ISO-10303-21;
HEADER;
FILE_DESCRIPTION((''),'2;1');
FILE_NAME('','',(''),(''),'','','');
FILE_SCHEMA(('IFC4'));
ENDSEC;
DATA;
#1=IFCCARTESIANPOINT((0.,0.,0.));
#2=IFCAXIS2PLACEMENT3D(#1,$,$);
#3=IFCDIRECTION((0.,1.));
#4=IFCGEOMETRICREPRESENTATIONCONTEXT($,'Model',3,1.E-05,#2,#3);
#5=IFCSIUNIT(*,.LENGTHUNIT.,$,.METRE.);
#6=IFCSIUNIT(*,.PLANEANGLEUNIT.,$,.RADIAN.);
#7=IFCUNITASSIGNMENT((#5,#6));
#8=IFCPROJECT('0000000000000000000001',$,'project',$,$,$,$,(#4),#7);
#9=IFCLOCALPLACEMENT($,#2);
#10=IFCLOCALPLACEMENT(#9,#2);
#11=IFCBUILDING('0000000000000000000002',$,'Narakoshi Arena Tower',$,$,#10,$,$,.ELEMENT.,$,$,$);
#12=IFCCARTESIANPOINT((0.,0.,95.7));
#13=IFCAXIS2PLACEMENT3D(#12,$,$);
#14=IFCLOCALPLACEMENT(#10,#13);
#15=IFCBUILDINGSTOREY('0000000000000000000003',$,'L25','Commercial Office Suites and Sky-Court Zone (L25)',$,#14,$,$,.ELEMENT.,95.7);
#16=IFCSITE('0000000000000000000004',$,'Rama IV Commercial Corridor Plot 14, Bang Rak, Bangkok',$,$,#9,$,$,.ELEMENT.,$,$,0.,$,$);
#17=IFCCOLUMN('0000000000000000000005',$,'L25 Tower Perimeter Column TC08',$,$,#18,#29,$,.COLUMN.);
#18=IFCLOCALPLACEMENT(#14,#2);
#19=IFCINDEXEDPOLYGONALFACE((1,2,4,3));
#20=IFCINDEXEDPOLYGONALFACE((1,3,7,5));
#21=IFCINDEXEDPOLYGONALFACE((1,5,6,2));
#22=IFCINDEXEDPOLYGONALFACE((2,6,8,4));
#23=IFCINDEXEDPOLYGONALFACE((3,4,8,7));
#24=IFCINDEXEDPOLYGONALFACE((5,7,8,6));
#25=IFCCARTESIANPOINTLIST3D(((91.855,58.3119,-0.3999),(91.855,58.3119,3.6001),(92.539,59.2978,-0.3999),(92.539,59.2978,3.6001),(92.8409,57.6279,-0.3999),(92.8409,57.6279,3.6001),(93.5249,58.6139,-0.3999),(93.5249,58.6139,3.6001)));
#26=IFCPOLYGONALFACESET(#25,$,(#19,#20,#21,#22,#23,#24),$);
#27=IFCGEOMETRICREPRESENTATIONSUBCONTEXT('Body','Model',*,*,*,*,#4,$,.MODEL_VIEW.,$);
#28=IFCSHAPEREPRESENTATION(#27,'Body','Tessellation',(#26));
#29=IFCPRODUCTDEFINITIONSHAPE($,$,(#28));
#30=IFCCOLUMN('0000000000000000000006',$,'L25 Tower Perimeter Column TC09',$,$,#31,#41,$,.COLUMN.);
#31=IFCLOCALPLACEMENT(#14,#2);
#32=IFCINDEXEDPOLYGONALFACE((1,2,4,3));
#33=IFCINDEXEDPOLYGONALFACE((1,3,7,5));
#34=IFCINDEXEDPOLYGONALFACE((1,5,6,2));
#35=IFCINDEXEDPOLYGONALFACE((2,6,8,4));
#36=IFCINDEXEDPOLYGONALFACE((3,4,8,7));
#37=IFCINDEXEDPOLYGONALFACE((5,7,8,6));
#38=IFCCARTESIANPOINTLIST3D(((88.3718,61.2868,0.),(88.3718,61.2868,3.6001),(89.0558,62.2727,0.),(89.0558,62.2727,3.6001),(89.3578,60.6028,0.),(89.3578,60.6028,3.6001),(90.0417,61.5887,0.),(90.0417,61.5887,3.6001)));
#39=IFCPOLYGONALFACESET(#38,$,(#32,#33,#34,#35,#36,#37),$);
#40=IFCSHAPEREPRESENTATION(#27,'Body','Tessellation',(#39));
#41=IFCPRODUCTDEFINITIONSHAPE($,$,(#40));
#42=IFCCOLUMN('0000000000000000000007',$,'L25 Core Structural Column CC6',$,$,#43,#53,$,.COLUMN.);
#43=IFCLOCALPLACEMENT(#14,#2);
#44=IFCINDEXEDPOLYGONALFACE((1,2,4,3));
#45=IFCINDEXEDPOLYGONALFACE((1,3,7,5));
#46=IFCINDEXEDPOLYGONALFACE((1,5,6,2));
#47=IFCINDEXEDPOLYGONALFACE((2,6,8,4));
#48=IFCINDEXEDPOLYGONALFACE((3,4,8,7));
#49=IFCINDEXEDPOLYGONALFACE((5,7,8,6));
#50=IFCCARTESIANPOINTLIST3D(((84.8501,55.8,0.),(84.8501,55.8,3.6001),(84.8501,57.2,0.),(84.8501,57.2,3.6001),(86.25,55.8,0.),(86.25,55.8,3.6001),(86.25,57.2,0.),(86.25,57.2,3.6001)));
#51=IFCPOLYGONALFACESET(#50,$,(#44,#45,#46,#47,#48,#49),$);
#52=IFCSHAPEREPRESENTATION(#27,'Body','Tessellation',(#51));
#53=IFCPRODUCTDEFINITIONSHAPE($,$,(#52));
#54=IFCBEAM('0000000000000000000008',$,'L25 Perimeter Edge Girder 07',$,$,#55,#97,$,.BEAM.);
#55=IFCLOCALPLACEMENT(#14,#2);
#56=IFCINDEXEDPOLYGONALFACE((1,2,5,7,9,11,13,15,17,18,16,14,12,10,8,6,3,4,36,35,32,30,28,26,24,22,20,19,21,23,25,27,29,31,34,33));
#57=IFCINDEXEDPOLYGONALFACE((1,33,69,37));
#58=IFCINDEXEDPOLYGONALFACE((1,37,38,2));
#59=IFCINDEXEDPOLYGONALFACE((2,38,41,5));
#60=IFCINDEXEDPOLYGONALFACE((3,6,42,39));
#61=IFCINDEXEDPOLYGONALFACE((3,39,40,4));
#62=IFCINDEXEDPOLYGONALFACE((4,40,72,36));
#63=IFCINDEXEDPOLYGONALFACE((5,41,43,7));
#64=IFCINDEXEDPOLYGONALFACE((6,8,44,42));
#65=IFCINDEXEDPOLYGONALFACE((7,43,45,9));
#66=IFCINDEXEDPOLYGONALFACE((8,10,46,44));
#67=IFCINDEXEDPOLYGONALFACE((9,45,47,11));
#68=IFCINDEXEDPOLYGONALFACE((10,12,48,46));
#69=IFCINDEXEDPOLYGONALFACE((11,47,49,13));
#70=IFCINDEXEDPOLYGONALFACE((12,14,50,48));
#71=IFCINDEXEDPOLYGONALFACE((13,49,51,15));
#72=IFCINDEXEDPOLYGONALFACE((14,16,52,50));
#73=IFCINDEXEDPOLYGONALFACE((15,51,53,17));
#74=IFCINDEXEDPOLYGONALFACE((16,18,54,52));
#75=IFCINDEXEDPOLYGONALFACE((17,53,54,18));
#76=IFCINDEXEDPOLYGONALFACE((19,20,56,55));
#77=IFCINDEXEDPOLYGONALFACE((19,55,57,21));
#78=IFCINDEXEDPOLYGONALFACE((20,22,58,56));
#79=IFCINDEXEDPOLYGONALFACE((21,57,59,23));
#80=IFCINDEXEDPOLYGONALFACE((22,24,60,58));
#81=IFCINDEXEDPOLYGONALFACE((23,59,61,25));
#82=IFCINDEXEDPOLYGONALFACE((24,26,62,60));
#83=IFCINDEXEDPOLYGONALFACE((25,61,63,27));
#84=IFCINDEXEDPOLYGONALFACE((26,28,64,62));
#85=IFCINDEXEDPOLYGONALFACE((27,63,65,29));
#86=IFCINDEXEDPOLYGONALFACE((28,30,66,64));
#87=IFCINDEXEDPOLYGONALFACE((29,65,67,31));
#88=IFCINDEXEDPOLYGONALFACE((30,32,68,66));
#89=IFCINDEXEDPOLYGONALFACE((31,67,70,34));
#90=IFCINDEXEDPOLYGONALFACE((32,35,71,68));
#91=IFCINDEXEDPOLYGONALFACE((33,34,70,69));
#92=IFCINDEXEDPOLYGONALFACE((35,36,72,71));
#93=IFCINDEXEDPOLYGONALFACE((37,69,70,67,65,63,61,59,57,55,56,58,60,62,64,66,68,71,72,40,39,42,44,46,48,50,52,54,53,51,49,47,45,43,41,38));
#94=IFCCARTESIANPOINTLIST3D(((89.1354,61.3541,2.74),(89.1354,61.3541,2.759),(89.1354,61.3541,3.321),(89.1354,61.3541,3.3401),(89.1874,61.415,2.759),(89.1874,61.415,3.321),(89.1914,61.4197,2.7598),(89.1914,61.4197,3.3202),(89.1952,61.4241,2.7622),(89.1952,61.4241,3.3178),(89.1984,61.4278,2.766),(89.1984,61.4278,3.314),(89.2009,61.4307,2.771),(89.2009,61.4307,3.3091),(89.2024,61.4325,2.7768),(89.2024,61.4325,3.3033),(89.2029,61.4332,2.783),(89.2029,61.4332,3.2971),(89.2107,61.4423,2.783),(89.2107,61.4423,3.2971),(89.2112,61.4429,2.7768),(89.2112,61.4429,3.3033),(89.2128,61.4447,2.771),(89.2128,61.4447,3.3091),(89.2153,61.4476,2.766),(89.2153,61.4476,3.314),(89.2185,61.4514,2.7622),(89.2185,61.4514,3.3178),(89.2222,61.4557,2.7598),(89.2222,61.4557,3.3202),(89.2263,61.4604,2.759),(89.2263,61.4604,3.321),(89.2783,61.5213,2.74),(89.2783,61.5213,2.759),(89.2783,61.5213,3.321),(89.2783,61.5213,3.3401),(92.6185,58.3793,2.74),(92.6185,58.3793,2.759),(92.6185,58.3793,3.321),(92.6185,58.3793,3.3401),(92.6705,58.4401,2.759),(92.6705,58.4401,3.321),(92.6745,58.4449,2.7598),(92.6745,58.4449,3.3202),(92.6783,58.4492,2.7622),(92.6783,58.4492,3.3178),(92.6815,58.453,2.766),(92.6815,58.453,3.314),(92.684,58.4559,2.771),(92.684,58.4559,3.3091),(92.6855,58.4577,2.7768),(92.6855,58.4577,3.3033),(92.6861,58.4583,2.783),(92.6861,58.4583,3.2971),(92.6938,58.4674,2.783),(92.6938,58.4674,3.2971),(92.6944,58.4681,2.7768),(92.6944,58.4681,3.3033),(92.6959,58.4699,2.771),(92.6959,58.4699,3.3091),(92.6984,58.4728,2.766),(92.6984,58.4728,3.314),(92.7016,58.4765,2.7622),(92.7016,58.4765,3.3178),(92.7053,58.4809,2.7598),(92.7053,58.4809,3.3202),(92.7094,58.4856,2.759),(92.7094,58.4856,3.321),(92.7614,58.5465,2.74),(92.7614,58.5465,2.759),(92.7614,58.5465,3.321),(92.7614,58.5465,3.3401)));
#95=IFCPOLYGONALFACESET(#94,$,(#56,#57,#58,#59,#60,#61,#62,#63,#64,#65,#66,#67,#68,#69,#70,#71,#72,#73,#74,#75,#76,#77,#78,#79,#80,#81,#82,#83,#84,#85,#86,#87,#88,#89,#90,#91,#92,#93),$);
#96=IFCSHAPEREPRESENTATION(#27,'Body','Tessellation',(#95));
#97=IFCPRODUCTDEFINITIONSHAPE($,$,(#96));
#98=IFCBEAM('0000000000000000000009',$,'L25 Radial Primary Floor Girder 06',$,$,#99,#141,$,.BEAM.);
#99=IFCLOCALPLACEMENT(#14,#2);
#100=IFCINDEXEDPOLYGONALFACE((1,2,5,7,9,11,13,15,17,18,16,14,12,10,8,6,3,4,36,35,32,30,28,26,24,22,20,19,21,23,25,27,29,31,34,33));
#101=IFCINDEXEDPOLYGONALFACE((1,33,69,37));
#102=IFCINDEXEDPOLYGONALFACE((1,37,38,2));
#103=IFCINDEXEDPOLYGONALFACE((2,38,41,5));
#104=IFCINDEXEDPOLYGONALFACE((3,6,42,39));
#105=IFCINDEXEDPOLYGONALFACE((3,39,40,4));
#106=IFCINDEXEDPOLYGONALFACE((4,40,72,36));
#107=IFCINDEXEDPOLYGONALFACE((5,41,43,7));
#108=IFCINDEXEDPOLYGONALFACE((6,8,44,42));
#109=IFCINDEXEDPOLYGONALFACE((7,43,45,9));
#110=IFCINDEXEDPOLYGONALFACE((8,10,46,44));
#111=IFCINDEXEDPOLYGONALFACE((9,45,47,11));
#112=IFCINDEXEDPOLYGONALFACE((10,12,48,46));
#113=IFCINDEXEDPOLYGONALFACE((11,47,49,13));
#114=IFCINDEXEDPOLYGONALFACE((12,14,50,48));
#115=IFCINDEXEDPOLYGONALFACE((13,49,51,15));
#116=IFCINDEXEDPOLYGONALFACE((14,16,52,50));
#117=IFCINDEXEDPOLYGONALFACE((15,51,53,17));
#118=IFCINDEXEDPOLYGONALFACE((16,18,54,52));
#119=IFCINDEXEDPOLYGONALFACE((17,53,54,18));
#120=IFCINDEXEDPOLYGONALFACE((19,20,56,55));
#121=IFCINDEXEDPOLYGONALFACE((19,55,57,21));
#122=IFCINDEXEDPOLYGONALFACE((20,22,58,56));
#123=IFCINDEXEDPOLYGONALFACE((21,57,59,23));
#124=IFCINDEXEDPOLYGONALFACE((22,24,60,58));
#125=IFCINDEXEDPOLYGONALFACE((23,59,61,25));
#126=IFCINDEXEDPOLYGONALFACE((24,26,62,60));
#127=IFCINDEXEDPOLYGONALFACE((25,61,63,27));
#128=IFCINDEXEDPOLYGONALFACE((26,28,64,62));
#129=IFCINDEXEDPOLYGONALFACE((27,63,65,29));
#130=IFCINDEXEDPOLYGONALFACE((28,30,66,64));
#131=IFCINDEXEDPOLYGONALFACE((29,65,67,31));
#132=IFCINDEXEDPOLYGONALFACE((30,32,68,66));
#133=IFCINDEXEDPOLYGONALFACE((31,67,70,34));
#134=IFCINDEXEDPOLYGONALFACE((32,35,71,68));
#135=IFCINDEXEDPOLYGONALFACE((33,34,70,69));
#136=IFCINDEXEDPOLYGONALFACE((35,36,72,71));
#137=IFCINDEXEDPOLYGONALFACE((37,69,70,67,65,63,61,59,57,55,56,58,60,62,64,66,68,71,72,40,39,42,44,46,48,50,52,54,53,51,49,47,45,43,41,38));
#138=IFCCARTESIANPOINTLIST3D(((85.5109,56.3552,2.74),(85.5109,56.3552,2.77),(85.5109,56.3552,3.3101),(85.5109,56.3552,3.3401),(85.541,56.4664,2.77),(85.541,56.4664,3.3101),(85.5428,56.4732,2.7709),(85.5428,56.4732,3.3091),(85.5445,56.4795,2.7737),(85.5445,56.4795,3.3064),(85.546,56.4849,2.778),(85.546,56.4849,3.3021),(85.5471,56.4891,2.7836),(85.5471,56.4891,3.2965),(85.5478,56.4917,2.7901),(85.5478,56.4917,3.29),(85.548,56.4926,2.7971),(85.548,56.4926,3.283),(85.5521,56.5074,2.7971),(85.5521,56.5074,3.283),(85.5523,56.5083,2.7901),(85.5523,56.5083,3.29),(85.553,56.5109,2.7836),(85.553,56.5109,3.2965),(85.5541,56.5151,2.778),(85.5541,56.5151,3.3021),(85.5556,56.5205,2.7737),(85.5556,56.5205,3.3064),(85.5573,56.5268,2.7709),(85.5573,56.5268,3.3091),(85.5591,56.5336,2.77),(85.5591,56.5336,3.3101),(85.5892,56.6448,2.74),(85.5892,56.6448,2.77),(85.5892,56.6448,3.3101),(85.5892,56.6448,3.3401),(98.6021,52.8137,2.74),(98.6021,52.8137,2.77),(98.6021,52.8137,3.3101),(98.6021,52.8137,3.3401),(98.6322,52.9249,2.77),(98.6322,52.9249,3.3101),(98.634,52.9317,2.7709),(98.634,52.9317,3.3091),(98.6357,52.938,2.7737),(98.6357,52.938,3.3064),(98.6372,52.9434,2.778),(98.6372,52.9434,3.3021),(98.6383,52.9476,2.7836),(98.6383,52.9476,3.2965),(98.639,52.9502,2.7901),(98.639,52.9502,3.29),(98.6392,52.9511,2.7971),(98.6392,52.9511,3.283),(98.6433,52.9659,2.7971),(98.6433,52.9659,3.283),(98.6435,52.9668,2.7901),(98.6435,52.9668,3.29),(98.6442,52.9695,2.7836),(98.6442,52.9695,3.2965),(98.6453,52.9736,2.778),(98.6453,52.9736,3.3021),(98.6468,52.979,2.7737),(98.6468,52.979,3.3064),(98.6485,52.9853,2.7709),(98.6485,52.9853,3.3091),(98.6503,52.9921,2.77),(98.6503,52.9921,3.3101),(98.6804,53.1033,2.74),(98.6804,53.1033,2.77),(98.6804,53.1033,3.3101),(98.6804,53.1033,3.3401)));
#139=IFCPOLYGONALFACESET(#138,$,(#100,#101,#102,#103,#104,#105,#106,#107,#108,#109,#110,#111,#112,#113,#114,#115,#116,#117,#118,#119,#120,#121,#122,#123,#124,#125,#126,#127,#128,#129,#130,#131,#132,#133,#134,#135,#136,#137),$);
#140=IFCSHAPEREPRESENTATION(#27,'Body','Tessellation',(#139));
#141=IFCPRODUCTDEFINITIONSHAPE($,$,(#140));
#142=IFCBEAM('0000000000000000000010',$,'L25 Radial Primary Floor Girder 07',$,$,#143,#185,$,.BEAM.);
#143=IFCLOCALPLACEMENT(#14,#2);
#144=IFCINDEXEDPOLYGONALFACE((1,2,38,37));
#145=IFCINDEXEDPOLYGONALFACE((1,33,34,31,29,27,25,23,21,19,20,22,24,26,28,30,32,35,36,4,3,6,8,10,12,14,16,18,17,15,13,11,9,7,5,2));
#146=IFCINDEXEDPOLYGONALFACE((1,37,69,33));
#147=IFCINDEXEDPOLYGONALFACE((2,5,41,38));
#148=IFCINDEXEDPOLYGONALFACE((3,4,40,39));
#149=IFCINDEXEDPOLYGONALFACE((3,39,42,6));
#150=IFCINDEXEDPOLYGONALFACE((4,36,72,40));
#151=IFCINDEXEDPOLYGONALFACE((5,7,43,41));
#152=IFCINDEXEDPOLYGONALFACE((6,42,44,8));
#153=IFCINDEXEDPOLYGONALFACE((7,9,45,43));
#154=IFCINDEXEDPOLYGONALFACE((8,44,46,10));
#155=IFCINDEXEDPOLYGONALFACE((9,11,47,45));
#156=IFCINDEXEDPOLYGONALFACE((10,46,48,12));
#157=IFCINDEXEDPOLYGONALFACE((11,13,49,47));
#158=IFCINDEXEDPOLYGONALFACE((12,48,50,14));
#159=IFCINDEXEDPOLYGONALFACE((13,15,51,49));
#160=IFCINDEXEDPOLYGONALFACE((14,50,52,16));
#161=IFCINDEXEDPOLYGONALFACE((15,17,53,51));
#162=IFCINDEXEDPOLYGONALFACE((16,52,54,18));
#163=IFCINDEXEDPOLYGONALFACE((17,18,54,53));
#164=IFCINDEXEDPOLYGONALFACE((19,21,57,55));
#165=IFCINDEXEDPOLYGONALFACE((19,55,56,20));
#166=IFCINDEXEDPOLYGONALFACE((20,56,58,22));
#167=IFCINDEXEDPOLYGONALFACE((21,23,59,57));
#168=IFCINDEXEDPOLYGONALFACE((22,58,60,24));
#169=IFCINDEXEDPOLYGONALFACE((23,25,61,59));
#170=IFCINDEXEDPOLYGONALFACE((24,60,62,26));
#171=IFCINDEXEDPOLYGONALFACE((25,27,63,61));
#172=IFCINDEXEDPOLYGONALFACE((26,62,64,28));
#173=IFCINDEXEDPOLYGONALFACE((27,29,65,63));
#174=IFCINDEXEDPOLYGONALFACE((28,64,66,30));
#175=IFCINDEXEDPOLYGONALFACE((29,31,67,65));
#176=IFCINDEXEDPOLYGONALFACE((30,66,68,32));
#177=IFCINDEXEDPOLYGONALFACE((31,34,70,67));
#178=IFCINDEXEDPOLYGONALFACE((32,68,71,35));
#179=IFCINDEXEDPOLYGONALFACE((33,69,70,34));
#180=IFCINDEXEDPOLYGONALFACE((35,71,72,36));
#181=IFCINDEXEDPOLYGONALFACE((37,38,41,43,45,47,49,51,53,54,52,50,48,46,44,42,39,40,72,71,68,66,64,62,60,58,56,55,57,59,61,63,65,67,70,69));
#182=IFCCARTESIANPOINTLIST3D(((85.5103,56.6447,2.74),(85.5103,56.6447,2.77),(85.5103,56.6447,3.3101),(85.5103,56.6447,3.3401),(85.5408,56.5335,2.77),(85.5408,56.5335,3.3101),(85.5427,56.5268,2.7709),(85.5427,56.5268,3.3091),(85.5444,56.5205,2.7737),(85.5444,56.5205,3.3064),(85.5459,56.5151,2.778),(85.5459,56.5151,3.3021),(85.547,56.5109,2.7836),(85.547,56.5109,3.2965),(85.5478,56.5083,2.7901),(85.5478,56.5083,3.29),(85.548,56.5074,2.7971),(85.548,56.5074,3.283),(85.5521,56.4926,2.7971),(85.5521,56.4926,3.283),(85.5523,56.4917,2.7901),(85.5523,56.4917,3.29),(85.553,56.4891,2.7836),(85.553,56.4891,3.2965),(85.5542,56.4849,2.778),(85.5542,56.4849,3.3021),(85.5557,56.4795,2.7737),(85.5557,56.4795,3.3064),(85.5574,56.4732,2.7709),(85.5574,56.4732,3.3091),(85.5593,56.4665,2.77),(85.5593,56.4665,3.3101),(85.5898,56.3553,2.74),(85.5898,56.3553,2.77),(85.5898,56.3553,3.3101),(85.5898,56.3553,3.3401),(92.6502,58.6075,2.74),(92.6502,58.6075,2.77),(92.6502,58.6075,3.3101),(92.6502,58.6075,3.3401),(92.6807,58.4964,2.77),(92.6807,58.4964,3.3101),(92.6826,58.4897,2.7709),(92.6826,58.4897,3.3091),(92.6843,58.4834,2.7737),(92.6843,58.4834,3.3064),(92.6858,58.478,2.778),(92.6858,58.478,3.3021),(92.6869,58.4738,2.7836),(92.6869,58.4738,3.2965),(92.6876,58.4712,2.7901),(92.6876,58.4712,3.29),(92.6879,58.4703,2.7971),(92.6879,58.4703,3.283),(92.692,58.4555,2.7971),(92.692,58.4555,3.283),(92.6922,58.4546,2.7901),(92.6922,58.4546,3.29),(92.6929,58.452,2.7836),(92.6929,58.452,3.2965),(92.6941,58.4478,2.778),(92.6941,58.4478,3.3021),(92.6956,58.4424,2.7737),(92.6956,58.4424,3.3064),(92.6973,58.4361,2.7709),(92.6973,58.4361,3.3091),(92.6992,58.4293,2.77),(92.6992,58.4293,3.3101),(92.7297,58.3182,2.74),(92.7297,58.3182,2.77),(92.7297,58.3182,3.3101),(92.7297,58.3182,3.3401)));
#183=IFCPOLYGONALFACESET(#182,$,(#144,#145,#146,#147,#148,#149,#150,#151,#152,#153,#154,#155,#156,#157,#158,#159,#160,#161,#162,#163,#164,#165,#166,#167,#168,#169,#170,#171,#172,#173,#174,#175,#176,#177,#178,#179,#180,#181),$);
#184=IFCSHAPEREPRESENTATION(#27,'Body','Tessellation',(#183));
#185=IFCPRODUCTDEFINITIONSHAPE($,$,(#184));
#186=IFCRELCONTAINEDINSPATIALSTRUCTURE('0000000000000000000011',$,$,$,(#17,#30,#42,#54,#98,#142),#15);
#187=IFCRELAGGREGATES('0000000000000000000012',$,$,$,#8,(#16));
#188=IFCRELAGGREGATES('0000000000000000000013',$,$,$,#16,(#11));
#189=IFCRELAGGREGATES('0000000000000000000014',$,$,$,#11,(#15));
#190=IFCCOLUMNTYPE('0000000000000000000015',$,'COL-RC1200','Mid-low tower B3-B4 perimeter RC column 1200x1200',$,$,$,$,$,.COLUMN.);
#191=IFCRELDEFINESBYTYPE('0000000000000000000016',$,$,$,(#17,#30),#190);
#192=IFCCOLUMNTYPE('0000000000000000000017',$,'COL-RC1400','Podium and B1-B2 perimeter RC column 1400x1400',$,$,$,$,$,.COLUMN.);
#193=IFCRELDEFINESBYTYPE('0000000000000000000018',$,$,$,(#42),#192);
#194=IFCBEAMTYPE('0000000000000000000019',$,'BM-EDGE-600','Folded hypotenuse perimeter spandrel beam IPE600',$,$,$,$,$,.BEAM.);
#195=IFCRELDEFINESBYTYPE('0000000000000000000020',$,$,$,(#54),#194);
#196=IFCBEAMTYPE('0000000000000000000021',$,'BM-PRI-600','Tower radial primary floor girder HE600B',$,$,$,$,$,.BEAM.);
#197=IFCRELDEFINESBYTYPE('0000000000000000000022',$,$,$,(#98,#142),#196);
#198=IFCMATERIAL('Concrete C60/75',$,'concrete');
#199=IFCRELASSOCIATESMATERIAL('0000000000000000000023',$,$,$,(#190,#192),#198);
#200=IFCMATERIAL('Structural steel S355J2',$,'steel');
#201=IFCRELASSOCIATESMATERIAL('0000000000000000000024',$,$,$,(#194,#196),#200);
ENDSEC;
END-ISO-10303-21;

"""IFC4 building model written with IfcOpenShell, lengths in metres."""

from ifc_helpers import new_model, si_unit, direction, frame, origin, origin_2d, place, context, subcontext, project, spatial, rectangle, i_section, extrude, material, material_profile, profile_set, type_object, element, save


model = new_model("IFC4")

# Units and contexts
model_context = context("Model", 3, precision=1e-05, world=origin(), true_north=direction((0.0, 1.0)))
body_context = subcontext(model_context, "Body", "Model", "MODEL_VIEW")
ifc_project = project(units=[si_unit("LENGTHUNIT", "METRE"), si_unit("PLANEANGLEUNIT", "RADIAN")], contexts=[model_context])

# Site, building, storey
site_placement = place(None, origin())
site = spatial("IfcSite", under=ifc_project, at=site_placement, Name="Rama IV Commercial Corridor Plot 14, Bang Rak, Bangkok", CompositionType="ELEMENT", RefElevation=0.0)
building_placement = place(site_placement, origin())
building = spatial("IfcBuilding", under=site, at=building_placement, Name="Narakoshi Arena Tower", CompositionType="ELEMENT")
storey_placement = place(building_placement, frame((0.0, 0.0, 95.7)))
storey = spatial("IfcBuildingStorey", under=building, at=storey_placement, Name="L25", Description="Commercial Office Suites and Sky-Court Zone (L25)", CompositionType="ELEMENT", Elevation=95.7)

# Columns
ifc_material_1 = material(Name="Concrete C60/75", Category="concrete")
ifc_material_profile_1 = material_profile(ifc_material_1, rectangle(XDim=1.2, YDim=1.2, at=origin_2d()), Name="RC1200x1200")
ifc_profile_set_1 = profile_set([ifc_material_profile_1], Name="Concrete C60/75")
column_type_1 = type_object("IfcColumnType", Name="COL-RC1200", Description="Mid-low tower B3-B4 perimeter RC column 1200x1200", PredefinedType="COLUMN", material=ifc_profile_set_1)
column_1_placement = place(storey_placement, frame((92.6899, 58.4629, -0.3999), z_axis=(0.0, 0.0, 1.0), x_axis=(0.569997, 0.821647, 0.0)))
element("IfcColumn", 1, at=column_1_placement, inside=storey, type_object=column_type_1, Name="L25 Tower Perimeter Column TC08", PredefinedType="COLUMN", context=body_context, shape_type="SweptSolid", body=[
    extrude(rectangle(XDim=1.2, YDim=1.2, at=origin_2d()), origin(), (0.0, 0.0, 1.0), 4.0),
])
column_2_placement = place(storey_placement, frame((89.2068, 61.4377, 0.0), z_axis=(0.0, 0.0, 1.0), x_axis=(0.569997, 0.821647, 0.0)))
element("IfcColumn", 2, at=column_2_placement, inside=storey, type_object=column_type_1, Name="L25 Tower Perimeter Column TC09", PredefinedType="COLUMN", context=body_context, shape_type="SweptSolid", body=[
    extrude(rectangle(XDim=1.2, YDim=1.2, at=origin_2d()), origin(), (0.0, 0.0, 1.0), 3.6001),
])
ifc_material_profile_2 = material_profile(ifc_material_1, rectangle(XDim=1.3999, YDim=1.3999, at=origin_2d()), Name="RC1400x1400")
ifc_profile_set_2 = profile_set([ifc_material_profile_2], Name="Concrete C60/75")
column_type_2 = type_object("IfcColumnType", Name="COL-RC1400", Description="Podium and B1-B2 perimeter RC column 1400x1400", PredefinedType="COLUMN", material=ifc_profile_set_2)
column_3_placement = place(storey_placement, frame((85.55, 56.5, 0.0), z_axis=(0.0, 0.0, 1.0), x_axis=(1.0, 0.0, 0.0)))
element("IfcColumn", 3, at=column_3_placement, inside=storey, type_object=column_type_2, Name="L25 Core Structural Column CC6", PredefinedType="COLUMN", context=body_context, shape_type="SweptSolid", body=[
    extrude(rectangle(XDim=1.3999, YDim=1.3999, at=origin_2d()), origin(), (0.0, 0.0, 1.0), 3.6001),
])

# Beams
ifc_material_2 = material(Name="Structural steel S355J2", Category="steel")
ifc_material_profile_3 = material_profile(ifc_material_2, i_section(OverallWidth=0.22, OverallDepth=0.6001, WebThickness=0.012, FlangeThickness=0.019, FilletRadius=0.0239, at=origin_2d()), Name="IPE600")
ifc_profile_set_3 = profile_set([ifc_material_profile_3], Name="Structural steel S355J2")
beam_type_1 = type_object("IfcBeamType", Name="BM-EDGE-600", Description="Folded hypotenuse perimeter spandrel beam IPE600", PredefinedType="BEAM", material=ifc_profile_set_3)
beam_1_placement = place(storey_placement, frame((92.6899, 58.4629, 3.04), z_axis=(-0.76041, 0.649443, 0.0), x_axis=(-0.649443, -0.76041, 0.0)))
element("IfcBeam", 4, at=beam_1_placement, inside=storey, type_object=beam_type_1, Name="L25 Perimeter Edge Girder 07", PredefinedType="BEAM", context=body_context, shape_type="SweptSolid", body=[
    extrude(i_section(OverallWidth=0.22, OverallDepth=0.6001, WebThickness=0.012, FlangeThickness=0.019, FilletRadius=0.0239, at=origin_2d()), origin(), (0.0, 0.0, 1.0), 4.5806),
])
ifc_material_profile_4 = material_profile(ifc_material_2, i_section(OverallWidth=0.3, OverallDepth=0.6001, WebThickness=0.0154, FlangeThickness=0.03, FilletRadius=0.0271, at=origin_2d()), Name="HE600B")
ifc_profile_set_4 = profile_set([ifc_material_profile_4], Name="Structural steel S355J2")
beam_type_2 = type_object("IfcBeamType", Name="BM-PRI-600", Description="Tower radial primary floor girder HE600B", PredefinedType="BEAM", material=ifc_profile_set_4)
beam_2_placement = place(storey_placement, frame((85.55, 56.5, 3.04), z_axis=(0.965302, -0.261137, 0.0), x_axis=(0.261137, 0.965302, 0.0)))
element("IfcBeam", 5, at=beam_2_placement, inside=storey, type_object=beam_type_2, Name="L25 Radial Primary Floor Girder 06", PredefinedType="BEAM", context=body_context, shape_type="SweptSolid", body=[
    extrude(i_section(OverallWidth=0.3, OverallDepth=0.6001, WebThickness=0.0154, FlangeThickness=0.03, FilletRadius=0.0271, at=origin_2d()), origin(), (0.0, 0.0, 1.0), 13.5618),
])
beam_3_placement = place(storey_placement, frame((85.55, 56.5, 3.04), z_axis=(0.964225, 0.265084, 0.0), x_axis=(-0.265084, 0.964225, 0.0)))
element("IfcBeam", 6, at=beam_3_placement, inside=storey, type_object=beam_type_2, Name="L25 Radial Primary Floor Girder 07", PredefinedType="BEAM", context=body_context, shape_type="SweptSolid", body=[
    extrude(i_section(OverallWidth=0.3, OverallDepth=0.6001, WebThickness=0.0154, FlangeThickness=0.03, FilletRadius=0.0271, at=origin_2d()), origin(), (0.0, 0.0, 1.0), 7.4048),
])

save(model, "model.ifc")
